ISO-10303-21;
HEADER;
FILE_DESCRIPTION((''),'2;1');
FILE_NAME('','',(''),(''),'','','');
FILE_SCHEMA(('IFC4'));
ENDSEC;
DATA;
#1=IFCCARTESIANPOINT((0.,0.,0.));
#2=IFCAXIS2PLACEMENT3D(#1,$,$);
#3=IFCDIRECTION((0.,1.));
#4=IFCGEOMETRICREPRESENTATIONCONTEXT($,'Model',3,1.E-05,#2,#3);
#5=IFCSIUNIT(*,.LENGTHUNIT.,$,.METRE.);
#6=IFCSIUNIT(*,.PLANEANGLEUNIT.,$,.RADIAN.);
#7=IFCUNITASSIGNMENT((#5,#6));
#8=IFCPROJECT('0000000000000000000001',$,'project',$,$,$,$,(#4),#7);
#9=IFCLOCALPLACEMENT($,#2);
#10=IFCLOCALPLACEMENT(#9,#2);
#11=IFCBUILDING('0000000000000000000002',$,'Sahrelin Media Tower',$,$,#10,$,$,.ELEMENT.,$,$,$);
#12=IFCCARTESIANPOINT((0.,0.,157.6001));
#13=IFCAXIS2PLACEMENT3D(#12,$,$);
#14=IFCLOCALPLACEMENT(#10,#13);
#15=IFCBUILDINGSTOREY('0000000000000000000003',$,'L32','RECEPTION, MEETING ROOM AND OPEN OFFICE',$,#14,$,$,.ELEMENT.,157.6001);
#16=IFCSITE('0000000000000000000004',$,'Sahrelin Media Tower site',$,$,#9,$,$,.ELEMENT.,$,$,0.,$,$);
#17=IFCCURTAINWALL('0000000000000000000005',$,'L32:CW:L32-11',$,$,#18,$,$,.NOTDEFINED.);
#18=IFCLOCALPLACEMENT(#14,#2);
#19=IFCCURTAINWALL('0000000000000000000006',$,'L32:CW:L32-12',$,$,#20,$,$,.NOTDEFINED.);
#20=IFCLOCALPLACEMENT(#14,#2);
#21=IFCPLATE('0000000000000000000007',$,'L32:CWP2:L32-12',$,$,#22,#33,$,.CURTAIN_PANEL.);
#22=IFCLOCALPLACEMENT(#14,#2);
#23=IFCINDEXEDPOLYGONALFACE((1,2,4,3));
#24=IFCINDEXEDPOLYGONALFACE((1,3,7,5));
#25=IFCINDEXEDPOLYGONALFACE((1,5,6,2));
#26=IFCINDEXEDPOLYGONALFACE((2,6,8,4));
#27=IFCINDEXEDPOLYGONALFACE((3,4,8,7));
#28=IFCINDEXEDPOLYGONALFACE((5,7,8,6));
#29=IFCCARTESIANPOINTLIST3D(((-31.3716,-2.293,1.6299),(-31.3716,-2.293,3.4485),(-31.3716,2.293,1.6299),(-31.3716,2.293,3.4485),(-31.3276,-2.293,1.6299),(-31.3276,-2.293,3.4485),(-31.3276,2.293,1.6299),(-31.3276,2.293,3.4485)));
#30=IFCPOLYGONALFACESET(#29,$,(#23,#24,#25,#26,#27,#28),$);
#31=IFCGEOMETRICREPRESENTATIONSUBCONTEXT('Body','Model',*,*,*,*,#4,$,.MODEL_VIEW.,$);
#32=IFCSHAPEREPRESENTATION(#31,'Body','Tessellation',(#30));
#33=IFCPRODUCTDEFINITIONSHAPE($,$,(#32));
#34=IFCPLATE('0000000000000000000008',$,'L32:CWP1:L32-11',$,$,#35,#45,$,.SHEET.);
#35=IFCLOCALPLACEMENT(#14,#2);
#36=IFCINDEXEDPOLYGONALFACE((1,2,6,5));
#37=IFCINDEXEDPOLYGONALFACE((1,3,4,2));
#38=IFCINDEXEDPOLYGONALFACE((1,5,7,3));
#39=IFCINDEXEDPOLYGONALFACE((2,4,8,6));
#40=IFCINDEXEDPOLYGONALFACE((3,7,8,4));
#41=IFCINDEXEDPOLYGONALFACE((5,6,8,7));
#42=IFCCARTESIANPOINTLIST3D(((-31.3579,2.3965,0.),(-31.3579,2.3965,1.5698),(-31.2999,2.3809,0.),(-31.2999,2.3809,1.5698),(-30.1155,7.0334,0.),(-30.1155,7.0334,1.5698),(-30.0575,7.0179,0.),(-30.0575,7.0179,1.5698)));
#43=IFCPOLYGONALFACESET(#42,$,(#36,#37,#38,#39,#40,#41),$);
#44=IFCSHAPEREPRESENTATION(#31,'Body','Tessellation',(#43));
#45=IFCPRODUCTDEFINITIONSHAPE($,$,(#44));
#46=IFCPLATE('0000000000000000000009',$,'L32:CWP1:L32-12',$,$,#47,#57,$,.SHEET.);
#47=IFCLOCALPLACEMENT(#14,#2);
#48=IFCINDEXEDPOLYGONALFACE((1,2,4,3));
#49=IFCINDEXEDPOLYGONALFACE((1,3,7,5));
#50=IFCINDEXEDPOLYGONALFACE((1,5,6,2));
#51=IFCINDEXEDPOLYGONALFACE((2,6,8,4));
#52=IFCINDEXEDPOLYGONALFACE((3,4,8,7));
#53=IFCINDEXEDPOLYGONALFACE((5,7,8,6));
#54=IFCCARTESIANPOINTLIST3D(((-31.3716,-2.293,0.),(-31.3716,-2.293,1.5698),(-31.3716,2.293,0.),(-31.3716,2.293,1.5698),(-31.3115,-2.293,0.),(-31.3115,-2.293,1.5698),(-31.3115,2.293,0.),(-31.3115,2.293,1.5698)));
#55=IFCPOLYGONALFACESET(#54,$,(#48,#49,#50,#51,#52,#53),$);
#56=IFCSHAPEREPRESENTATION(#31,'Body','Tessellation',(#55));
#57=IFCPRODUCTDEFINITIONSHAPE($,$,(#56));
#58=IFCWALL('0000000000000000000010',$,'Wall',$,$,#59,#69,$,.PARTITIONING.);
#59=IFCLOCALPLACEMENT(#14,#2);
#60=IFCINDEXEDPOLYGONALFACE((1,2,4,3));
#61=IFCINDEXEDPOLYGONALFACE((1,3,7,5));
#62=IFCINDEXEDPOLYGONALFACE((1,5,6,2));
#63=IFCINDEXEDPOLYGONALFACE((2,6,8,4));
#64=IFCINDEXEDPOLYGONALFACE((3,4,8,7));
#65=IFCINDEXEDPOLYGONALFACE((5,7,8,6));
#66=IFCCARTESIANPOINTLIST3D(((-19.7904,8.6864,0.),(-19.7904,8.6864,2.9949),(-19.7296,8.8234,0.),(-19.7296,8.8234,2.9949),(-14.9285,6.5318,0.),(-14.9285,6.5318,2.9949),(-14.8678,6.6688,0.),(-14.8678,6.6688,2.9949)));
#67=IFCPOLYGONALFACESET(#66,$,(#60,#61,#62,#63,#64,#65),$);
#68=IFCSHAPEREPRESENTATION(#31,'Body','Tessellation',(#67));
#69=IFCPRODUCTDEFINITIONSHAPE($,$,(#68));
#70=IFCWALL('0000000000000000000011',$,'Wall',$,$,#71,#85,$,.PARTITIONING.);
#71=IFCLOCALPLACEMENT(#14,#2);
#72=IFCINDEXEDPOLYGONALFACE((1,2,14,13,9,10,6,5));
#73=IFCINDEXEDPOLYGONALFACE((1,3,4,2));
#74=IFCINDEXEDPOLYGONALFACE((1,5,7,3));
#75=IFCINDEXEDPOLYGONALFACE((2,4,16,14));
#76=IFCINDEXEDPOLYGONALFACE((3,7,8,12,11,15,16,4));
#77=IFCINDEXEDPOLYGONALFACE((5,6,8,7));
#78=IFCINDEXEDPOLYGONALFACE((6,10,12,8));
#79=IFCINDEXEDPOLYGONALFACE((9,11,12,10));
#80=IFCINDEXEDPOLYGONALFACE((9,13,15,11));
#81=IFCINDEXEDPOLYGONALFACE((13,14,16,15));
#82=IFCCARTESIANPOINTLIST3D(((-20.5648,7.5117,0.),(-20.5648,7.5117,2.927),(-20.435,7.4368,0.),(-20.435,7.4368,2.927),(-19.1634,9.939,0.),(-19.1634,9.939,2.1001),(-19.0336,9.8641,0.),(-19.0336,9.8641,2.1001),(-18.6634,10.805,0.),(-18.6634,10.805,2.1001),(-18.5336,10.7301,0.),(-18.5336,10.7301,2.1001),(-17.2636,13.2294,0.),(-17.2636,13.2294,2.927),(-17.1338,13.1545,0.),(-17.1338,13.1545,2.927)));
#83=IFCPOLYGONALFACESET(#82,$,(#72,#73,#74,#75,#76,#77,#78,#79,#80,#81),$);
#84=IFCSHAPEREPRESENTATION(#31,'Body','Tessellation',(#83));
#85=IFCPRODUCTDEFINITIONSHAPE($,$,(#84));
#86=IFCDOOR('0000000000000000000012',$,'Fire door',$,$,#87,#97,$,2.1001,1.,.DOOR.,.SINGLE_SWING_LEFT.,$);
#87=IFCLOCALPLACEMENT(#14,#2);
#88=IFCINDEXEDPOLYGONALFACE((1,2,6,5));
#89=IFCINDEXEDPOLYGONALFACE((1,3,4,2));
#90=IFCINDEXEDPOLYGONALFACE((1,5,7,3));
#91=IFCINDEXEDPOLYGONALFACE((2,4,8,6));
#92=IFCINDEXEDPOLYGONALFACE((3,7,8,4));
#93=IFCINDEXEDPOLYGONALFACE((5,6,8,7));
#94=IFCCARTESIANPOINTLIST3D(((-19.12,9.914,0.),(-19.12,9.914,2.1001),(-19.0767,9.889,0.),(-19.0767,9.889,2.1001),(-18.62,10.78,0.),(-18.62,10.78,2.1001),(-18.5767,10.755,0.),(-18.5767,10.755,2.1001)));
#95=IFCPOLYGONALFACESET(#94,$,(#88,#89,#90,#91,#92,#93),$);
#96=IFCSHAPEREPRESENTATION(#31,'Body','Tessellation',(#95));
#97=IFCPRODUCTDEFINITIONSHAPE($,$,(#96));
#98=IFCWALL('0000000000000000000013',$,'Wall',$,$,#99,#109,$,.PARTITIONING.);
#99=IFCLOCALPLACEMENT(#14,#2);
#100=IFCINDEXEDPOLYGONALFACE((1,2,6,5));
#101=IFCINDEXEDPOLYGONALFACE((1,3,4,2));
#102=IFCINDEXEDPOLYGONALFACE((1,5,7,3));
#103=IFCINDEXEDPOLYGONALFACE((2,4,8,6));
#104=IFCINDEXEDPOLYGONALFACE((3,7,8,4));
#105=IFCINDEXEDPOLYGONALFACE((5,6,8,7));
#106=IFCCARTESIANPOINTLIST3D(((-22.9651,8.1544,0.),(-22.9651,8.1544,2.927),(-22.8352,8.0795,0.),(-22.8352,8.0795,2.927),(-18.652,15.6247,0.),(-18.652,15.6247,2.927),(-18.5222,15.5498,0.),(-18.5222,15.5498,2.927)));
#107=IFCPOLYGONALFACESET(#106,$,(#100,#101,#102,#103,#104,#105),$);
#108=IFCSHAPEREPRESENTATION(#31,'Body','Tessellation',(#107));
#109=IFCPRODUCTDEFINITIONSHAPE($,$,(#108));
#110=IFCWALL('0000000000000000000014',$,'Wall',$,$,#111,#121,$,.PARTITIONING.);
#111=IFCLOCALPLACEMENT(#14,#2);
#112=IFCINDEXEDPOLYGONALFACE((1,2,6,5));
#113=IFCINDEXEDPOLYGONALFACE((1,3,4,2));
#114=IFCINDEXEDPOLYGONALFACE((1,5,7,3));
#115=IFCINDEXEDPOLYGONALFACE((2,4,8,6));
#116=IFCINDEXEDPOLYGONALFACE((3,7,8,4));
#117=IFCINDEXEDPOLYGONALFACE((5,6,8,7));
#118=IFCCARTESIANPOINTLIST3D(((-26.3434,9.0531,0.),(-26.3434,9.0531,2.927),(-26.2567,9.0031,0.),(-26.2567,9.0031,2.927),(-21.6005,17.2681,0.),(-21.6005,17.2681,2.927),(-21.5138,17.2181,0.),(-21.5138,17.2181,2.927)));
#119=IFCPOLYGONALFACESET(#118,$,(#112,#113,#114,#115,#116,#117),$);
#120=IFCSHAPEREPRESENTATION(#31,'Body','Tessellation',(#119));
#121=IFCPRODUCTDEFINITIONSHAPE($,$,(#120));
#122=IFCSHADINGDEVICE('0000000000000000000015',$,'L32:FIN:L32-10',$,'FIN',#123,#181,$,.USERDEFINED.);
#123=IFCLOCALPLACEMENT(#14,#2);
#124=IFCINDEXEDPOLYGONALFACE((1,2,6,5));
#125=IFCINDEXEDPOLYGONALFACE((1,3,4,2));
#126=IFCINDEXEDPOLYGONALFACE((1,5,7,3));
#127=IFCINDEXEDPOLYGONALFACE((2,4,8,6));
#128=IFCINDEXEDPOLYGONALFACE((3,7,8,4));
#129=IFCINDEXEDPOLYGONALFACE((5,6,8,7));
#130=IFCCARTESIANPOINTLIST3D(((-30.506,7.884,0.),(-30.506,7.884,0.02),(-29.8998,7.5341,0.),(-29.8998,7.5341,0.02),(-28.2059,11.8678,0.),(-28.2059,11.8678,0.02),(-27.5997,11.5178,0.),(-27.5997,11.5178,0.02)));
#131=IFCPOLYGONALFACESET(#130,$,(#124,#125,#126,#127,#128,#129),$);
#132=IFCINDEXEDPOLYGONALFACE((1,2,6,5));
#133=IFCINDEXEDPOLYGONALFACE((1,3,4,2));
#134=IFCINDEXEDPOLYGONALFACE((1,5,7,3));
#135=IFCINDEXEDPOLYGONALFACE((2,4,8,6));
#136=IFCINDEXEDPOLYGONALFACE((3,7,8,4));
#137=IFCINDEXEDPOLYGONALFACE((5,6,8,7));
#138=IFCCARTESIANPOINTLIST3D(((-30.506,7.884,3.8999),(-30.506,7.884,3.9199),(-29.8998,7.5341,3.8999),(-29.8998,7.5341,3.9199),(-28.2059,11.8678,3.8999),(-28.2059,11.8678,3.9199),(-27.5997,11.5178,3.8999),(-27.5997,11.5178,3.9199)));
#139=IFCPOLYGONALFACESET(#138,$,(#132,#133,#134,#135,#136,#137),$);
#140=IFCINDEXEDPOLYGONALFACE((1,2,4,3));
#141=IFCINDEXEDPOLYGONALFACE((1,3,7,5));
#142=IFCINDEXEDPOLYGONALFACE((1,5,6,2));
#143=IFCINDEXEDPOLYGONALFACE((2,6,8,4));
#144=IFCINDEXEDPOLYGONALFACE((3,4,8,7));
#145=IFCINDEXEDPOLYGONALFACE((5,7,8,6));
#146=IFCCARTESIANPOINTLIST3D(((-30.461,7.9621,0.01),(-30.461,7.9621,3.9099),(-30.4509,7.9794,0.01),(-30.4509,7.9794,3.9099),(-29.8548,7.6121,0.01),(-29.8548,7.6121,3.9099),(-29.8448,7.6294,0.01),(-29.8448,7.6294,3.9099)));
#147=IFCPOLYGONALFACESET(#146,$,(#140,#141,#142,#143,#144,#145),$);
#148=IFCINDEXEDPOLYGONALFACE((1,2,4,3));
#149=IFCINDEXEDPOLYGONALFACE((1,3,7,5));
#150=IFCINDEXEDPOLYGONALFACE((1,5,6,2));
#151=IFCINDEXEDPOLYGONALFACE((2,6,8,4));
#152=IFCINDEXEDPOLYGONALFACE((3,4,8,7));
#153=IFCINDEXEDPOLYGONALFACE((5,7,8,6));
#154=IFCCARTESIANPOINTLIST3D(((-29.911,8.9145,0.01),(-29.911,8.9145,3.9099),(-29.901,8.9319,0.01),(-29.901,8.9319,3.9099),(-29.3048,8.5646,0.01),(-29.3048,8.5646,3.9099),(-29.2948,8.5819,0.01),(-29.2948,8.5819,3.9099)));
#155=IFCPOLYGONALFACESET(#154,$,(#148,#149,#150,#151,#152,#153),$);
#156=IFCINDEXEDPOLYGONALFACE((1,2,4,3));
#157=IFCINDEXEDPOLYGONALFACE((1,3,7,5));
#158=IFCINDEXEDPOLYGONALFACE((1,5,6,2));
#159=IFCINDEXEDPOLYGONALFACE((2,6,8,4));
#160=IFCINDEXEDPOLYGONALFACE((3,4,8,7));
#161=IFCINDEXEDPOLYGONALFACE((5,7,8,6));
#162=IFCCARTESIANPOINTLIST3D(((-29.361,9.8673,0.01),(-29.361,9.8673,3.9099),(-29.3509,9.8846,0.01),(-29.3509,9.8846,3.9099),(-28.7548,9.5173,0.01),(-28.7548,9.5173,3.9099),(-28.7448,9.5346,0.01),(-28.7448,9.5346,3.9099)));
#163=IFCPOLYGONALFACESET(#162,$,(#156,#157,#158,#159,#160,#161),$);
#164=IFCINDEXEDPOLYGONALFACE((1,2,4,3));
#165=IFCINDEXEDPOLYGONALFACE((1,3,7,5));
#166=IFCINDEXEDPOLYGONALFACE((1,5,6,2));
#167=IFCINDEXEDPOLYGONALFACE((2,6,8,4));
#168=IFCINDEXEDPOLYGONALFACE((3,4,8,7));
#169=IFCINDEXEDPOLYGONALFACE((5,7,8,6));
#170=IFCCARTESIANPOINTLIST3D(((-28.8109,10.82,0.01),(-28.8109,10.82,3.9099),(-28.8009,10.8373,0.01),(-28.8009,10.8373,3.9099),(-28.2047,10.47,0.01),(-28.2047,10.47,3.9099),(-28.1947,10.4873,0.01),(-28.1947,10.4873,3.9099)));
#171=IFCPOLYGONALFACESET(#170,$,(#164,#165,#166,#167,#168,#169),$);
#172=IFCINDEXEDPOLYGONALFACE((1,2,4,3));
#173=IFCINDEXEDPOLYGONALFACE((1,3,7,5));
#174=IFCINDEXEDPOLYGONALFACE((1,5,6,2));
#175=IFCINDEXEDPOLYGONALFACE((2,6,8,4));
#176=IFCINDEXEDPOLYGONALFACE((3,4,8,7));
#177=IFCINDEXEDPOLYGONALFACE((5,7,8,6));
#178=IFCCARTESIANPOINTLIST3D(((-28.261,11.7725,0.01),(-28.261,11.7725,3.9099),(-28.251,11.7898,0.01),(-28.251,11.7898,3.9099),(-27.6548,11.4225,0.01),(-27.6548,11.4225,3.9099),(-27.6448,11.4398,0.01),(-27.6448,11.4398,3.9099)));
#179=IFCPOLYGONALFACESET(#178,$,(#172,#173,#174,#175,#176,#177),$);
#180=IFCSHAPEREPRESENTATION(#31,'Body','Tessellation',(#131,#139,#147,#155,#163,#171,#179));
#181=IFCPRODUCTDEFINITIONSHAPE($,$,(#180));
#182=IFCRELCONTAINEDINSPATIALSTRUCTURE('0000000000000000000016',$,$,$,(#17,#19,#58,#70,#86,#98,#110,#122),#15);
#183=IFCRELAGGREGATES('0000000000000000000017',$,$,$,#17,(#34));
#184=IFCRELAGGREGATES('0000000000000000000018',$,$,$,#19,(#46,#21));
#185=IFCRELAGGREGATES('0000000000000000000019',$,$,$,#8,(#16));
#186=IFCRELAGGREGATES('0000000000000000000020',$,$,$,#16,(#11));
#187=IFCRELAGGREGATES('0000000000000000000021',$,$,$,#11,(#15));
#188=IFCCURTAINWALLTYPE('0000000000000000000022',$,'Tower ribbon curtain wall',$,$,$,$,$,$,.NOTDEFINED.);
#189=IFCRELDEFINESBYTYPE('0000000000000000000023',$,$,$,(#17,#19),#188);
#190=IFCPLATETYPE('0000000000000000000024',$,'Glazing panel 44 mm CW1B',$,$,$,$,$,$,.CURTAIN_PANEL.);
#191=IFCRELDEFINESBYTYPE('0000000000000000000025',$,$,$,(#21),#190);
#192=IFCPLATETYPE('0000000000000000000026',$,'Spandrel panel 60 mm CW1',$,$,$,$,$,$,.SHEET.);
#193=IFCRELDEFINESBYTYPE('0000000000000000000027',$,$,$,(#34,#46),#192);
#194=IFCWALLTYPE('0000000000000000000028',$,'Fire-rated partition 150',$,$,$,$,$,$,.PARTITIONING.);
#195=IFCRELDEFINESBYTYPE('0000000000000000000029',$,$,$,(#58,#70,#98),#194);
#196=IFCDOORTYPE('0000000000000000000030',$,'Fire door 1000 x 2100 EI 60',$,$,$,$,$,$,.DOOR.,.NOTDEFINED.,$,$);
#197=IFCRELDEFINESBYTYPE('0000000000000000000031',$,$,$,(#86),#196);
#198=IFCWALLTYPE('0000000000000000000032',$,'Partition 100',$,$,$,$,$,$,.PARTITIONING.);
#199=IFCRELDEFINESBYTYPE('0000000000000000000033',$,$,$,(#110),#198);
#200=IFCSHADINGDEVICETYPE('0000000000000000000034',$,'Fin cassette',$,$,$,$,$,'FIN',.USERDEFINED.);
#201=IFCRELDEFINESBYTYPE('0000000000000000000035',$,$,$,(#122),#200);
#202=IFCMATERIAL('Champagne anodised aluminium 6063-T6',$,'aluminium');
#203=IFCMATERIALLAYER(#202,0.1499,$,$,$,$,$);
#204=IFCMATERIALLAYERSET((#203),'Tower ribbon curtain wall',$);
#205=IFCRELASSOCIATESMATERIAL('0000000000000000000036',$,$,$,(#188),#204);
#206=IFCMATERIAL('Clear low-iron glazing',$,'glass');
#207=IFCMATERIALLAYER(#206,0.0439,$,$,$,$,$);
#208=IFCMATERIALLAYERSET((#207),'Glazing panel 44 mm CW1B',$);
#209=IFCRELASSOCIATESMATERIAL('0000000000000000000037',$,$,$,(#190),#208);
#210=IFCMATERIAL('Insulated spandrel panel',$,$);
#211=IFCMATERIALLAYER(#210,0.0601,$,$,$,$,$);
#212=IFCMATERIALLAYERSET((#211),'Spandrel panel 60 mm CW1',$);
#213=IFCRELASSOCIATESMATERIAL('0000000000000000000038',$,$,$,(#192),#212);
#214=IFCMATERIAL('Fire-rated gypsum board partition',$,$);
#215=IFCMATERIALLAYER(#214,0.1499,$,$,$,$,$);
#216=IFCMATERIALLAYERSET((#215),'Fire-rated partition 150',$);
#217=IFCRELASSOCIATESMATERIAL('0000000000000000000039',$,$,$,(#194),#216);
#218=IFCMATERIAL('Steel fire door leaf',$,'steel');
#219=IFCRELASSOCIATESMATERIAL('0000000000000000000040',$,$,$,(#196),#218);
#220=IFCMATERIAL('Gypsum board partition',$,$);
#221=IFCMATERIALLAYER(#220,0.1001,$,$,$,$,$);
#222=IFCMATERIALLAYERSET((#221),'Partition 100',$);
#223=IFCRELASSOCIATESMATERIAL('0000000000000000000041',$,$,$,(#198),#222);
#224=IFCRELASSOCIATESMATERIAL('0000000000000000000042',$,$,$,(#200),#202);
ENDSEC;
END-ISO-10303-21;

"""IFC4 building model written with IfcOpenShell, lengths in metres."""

from ifc_helpers import new_model, si_unit, direction, frame, frame_2d, origin, origin_2d, place, context, subcontext, project, spatial, polyline, rectangle, outline, extrude, material, layer, layer_set, type_object, element, fill, aggregate, save


model = new_model("IFC4")

# Units and contexts
model_context = context("Model", 3, precision=1e-05, world=origin(), true_north=direction((0.0, 1.0)))
body_context = subcontext(model_context, "Body", "Model", "MODEL_VIEW")
ifc_project = project(units=[si_unit("LENGTHUNIT", "METRE"), si_unit("PLANEANGLEUNIT", "RADIAN")], contexts=[model_context])

# Site, building, storey
site_placement = place(None, origin())
site = spatial("IfcSite", under=ifc_project, at=site_placement, Name="Sahrelin Media Tower site", CompositionType="ELEMENT", RefElevation=0.0)
building_placement = place(site_placement, origin())
building = spatial("IfcBuilding", under=site, at=building_placement, Name="Sahrelin Media Tower", CompositionType="ELEMENT")
storey_placement = place(building_placement, frame((0.0, 0.0, 157.6001)))
storey = spatial("IfcBuildingStorey", under=building, at=storey_placement, Name="L32", Description="RECEPTION, MEETING ROOM AND OPEN OFFICE", CompositionType="ELEMENT", Elevation=157.6001)

# Curtain walls
ifc_material_1 = material(Name="Champagne anodised aluminium 6063-T6", Category="aluminium")
ifc_layer_1 = layer(ifc_material_1, 0.1499)
ifc_layer_set_1 = layer_set([ifc_layer_1], Name="Tower ribbon curtain wall")
curtain_wall_type = type_object("IfcCurtainWallType", Name="Tower ribbon curtain wall", PredefinedType="NOTDEFINED", material=ifc_layer_set_1)
curtain_wall_1_placement = place(storey_placement, frame((-30.7173, 4.7097, 0.0), z_axis=(0.0, 0.0, 1.0), x_axis=(1.0, 0.0, 0.0)))
curtain_wall_1 = element("IfcCurtainWall", 1, at=curtain_wall_1_placement, inside=storey, type_object=curtain_wall_type, Name="L32:CW:L32-11", PredefinedType="NOTDEFINED")
curtain_wall_2_placement = place(storey_placement, frame((-31.3516, 0.0, 0.0), z_axis=(0.0, 0.0, 1.0), x_axis=(1.0, 0.0, 0.0)))
curtain_wall_2 = element("IfcCurtainWall", 2, at=curtain_wall_2_placement, inside=storey, type_object=curtain_wall_type, Name="L32:CW:L32-12", PredefinedType="NOTDEFINED")

# Plates
ifc_material_2 = material(Name="Clear low-iron glazing", Category="glass")
ifc_layer_2 = layer(ifc_material_2, 0.0439)
ifc_layer_set_2 = layer_set([ifc_layer_2], Name="Glazing panel 44 mm CW1B")
plate_type_1 = type_object("IfcPlateType", Name="Glazing panel 44 mm CW1B", PredefinedType="CURTAIN_PANEL", material=ifc_layer_set_2)
plate_1_placement = place(storey_placement, frame((-31.3716, 2.293, 1.6299), z_axis=(-1.0, 0.0, 0.0), x_axis=(0.0, -1.0, 0.0)))
plate_1 = element("IfcPlate", 3, at=plate_1_placement, type_object=plate_type_1, Name="L32:CWP2:L32-12", PredefinedType="CURTAIN_PANEL", context=body_context, shape_type="SweptSolid", body=[
    extrude(outline(polyline([(0.0, 0.0), (4.5859, 0.0), (4.5859, 1.8186), (0.0, 1.8186), (0.0, 0.0)])), origin(), (0.0, 0.0, -1.0), 0.0439),
])
ifc_material_3 = material(Name="Insulated spandrel panel")
ifc_layer_3 = layer(ifc_material_3, 0.0601)
ifc_layer_set_3 = layer_set([ifc_layer_3], Name="Spandrel panel 60 mm CW1")
plate_type_2 = type_object("IfcPlateType", Name="Spandrel panel 60 mm CW1", PredefinedType="SHEET", material=ifc_layer_set_3)
plate_2_placement = place(storey_placement, frame((-30.1155, 7.0334, 0.0), z_axis=(-0.965928, 0.258811, 0.0), x_axis=(-0.258811, -0.965928, 0.0)))
plate_2 = element("IfcPlate", 4, at=plate_2_placement, type_object=plate_type_2, Name="L32:CWP1:L32-11", PredefinedType="SHEET", context=body_context, shape_type="SweptSolid", body=[
    extrude(outline(polyline([(0.0, 0.0), (4.8005, 0.0), (4.8005, 1.5698), (0.0, 1.5698), (0.0, 0.0)])), origin(), (0.0, 0.0, -1.0), 0.0601),
])
aggregate(curtain_wall_1, [plate_2])
plate_3_placement = place(storey_placement, frame((-31.3716, 2.293, 0.0), z_axis=(-1.0, 0.0, 0.0), x_axis=(0.0, -1.0, 0.0)))
plate_3 = element("IfcPlate", 5, at=plate_3_placement, type_object=plate_type_2, Name="L32:CWP1:L32-12", PredefinedType="SHEET", context=body_context, shape_type="SweptSolid", body=[
    extrude(outline(polyline([(0.0, 0.0), (4.5859, 0.0), (4.5859, 1.5698), (0.0, 1.5698), (0.0, 0.0)])), origin(), (0.0, 0.0, -1.0), 0.0601),
])
aggregate(curtain_wall_2, [plate_3, plate_1])

# Wall
ifc_material_4 = material(Name="Fire-rated gypsum board partition")
ifc_layer_4 = layer(ifc_material_4, 0.1499)
ifc_layer_set_4 = layer_set([ifc_layer_4], Name="Fire-rated partition 150")
wall_type_1 = type_object("IfcWallType", Name="Fire-rated partition 150", PredefinedType="PARTITIONING", material=ifc_layer_set_4)
wall_1_placement = place(storey_placement, frame((-19.76, 8.7549, 0.0), z_axis=(0.0, 0.0, 1.0), x_axis=(0.914248, -0.405154, 0.0)))
element("IfcWall", 6, at=wall_1_placement, inside=storey, type_object=wall_type_1, Name="Wall", PredefinedType="PARTITIONING", context=body_context, shape_type="SweptSolid", body=[
    extrude(rectangle(XDim=5.3179, YDim=0.1499, at=frame_2d((2.6589, 0.0))), origin(), (0.0, 0.0, 1.0), 2.9949),
])

# Wall, opening, door
wall_2_placement = place(storey_placement, frame((-20.5, 7.4741, 0.0), z_axis=(0.0, 0.0, 1.0), x_axis=(0.500013, 0.866018, 0.0)))
wall_2 = element("IfcWall", 7, at=wall_2_placement, inside=storey, type_object=wall_type_1, Name="Wall", PredefinedType="PARTITIONING", context=body_context, shape_type="SweptSolid", body=[
    extrude(rectangle(XDim=6.6023, YDim=0.1499, at=frame_2d((3.3013, 0.0))), origin(), (0.0, 0.0, 1.0), 2.927),
])
opening_placement = place(wall_2_placement, frame((2.803, 0.0, 0.0)))
opening = element("IfcOpeningElement", 8, at=opening_placement, cuts=wall_2, PredefinedType="OPENING", context=body_context, shape_type="SweptSolid", body=[
    extrude(rectangle(XDim=1.0, YDim=2.1001, at=frame_2d((0.5, 1.05))), frame((0.0, 0.075, 0.0), z_axis=(0.0, -1.0, 0.0), x_axis=(1.0, 0.0, 0.0)), (0.0, 0.0, 1.0), 0.1499),
])
ifc_material_5 = material(Name="Steel fire door leaf", Category="steel")
door_type = type_object("IfcDoorType", Name="Fire door 1000 x 2100 EI 60", OperationType="NOTDEFINED", PredefinedType="DOOR", material=ifc_material_5)
door_placement = place(opening_placement, origin())
door = element("IfcDoor", 9, at=door_placement, inside=storey, type_object=door_type, Name="Fire door", OperationType="SINGLE_SWING_LEFT", OverallHeight=2.1001, OverallWidth=1.0, PredefinedType="DOOR", context=body_context, shape_type="SweptSolid", body=[
    extrude(rectangle(XDim=1.0, YDim=2.1001, at=frame_2d((0.5, 1.05))), frame((0.0, 0.0249, 0.0), z_axis=(0.0, -1.0, 0.0), x_axis=(1.0, 0.0, 0.0)), (0.0, 0.0, 1.0), 0.05),
])
fill(opening, door)

# Walls
wall_3_placement = place(storey_placement, frame((-22.9001, 8.1169, 0.0), z_axis=(0.0, 0.0, 1.0), x_axis=(0.500005, 0.866023, 0.0)))
element("IfcWall", 10, at=wall_3_placement, inside=storey, type_object=wall_type_1, Name="Wall", PredefinedType="PARTITIONING", context=body_context, shape_type="SweptSolid", body=[
    extrude(rectangle(XDim=8.626, YDim=0.1499, at=frame_2d((4.313, 0.0))), origin(), (0.0, 0.0, 1.0), 2.927),
])
ifc_material_6 = material(Name="Gypsum board partition")
ifc_layer_5 = layer(ifc_material_6, 0.1001)
ifc_layer_set_5 = layer_set([ifc_layer_5], Name="Partition 100")
wall_type_2 = type_object("IfcWallType", Name="Partition 100", PredefinedType="PARTITIONING", material=ifc_layer_set_5)
wall_4_placement = place(storey_placement, frame((-26.3, 9.0281, 0.0), z_axis=(0.0, 0.0, 1.0), x_axis=(0.499995, 0.866028, 0.0)))
element("IfcWall", 11, at=wall_4_placement, inside=storey, type_object=wall_type_2, Name="Wall", PredefinedType="PARTITIONING", context=body_context, shape_type="SweptSolid", body=[
    extrude(rectangle(XDim=9.4858, YDim=0.1001, at=frame_2d((4.7429, 0.0))), origin(), (0.0, 0.0, 1.0), 2.927),
])

# Shading device
shading_device_type_1 = type_object("IfcShadingDeviceType", Name="Fin cassette", ElementType="FIN", PredefinedType="USERDEFINED", material=ifc_material_1)
placement_1 = place(storey_placement, frame((-28.6892, 9.491, 0.0), z_axis=(0.0, 0.0, 1.0), x_axis=(0.500011, 0.866019, 0.0)))
element("IfcShadingDevice", 12, at=placement_1, inside=storey, type_object=shading_device_type_1, Name="L32:FIN:L32-10", ObjectType="FIN", PredefinedType="USERDEFINED", context=body_context, shape_type="SweptSolid", body=[
    extrude(rectangle(XDim=4.6001, YDim=0.7, at=origin_2d()), frame((0.0, 0.4199, 0.0)), (0.0, 0.0, 1.0), 0.02),
    extrude(rectangle(XDim=4.6001, YDim=0.7, at=origin_2d()), frame((0.0, 0.4199, 3.8999)), (0.0, 0.0, 1.0), 0.02),
    extrude(rectangle(XDim=0.02, YDim=0.7, at=origin_2d()), frame((-2.2, 0.4199, 0.01), z_axis=(0.0, 0.0, 1.0), x_axis=(1.0, 0.0, 0.0)), (0.0, 0.0, 1.0), 3.8999),
    extrude(rectangle(XDim=0.02, YDim=0.7, at=origin_2d()), frame((-1.1001, 0.4199, 0.01), z_axis=(0.0, 0.0, 1.0), x_axis=(1.0, 0.0, 0.0)), (0.0, 0.0, 1.0), 3.8999),
    extrude(rectangle(XDim=0.02, YDim=0.7, at=origin_2d()), frame((0.0, 0.4199, 0.01), z_axis=(0.0, 0.0, 1.0), x_axis=(1.0, 0.0, 0.0)), (0.0, 0.0, 1.0), 3.8999),
    extrude(rectangle(XDim=0.02, YDim=0.7, at=origin_2d()), frame((1.1001, 0.4199, 0.01), z_axis=(0.0, 0.0, 1.0), x_axis=(1.0, 0.0, 0.0)), (0.0, 0.0, 1.0), 3.8999),
    extrude(rectangle(XDim=0.02, YDim=0.7, at=origin_2d()), frame((2.2, 0.4199, 0.01), z_axis=(0.0, 0.0, 1.0), x_axis=(1.0, 0.0, 0.0)), (0.0, 0.0, 1.0), 3.8999),
])

save(model, "model.ifc")
